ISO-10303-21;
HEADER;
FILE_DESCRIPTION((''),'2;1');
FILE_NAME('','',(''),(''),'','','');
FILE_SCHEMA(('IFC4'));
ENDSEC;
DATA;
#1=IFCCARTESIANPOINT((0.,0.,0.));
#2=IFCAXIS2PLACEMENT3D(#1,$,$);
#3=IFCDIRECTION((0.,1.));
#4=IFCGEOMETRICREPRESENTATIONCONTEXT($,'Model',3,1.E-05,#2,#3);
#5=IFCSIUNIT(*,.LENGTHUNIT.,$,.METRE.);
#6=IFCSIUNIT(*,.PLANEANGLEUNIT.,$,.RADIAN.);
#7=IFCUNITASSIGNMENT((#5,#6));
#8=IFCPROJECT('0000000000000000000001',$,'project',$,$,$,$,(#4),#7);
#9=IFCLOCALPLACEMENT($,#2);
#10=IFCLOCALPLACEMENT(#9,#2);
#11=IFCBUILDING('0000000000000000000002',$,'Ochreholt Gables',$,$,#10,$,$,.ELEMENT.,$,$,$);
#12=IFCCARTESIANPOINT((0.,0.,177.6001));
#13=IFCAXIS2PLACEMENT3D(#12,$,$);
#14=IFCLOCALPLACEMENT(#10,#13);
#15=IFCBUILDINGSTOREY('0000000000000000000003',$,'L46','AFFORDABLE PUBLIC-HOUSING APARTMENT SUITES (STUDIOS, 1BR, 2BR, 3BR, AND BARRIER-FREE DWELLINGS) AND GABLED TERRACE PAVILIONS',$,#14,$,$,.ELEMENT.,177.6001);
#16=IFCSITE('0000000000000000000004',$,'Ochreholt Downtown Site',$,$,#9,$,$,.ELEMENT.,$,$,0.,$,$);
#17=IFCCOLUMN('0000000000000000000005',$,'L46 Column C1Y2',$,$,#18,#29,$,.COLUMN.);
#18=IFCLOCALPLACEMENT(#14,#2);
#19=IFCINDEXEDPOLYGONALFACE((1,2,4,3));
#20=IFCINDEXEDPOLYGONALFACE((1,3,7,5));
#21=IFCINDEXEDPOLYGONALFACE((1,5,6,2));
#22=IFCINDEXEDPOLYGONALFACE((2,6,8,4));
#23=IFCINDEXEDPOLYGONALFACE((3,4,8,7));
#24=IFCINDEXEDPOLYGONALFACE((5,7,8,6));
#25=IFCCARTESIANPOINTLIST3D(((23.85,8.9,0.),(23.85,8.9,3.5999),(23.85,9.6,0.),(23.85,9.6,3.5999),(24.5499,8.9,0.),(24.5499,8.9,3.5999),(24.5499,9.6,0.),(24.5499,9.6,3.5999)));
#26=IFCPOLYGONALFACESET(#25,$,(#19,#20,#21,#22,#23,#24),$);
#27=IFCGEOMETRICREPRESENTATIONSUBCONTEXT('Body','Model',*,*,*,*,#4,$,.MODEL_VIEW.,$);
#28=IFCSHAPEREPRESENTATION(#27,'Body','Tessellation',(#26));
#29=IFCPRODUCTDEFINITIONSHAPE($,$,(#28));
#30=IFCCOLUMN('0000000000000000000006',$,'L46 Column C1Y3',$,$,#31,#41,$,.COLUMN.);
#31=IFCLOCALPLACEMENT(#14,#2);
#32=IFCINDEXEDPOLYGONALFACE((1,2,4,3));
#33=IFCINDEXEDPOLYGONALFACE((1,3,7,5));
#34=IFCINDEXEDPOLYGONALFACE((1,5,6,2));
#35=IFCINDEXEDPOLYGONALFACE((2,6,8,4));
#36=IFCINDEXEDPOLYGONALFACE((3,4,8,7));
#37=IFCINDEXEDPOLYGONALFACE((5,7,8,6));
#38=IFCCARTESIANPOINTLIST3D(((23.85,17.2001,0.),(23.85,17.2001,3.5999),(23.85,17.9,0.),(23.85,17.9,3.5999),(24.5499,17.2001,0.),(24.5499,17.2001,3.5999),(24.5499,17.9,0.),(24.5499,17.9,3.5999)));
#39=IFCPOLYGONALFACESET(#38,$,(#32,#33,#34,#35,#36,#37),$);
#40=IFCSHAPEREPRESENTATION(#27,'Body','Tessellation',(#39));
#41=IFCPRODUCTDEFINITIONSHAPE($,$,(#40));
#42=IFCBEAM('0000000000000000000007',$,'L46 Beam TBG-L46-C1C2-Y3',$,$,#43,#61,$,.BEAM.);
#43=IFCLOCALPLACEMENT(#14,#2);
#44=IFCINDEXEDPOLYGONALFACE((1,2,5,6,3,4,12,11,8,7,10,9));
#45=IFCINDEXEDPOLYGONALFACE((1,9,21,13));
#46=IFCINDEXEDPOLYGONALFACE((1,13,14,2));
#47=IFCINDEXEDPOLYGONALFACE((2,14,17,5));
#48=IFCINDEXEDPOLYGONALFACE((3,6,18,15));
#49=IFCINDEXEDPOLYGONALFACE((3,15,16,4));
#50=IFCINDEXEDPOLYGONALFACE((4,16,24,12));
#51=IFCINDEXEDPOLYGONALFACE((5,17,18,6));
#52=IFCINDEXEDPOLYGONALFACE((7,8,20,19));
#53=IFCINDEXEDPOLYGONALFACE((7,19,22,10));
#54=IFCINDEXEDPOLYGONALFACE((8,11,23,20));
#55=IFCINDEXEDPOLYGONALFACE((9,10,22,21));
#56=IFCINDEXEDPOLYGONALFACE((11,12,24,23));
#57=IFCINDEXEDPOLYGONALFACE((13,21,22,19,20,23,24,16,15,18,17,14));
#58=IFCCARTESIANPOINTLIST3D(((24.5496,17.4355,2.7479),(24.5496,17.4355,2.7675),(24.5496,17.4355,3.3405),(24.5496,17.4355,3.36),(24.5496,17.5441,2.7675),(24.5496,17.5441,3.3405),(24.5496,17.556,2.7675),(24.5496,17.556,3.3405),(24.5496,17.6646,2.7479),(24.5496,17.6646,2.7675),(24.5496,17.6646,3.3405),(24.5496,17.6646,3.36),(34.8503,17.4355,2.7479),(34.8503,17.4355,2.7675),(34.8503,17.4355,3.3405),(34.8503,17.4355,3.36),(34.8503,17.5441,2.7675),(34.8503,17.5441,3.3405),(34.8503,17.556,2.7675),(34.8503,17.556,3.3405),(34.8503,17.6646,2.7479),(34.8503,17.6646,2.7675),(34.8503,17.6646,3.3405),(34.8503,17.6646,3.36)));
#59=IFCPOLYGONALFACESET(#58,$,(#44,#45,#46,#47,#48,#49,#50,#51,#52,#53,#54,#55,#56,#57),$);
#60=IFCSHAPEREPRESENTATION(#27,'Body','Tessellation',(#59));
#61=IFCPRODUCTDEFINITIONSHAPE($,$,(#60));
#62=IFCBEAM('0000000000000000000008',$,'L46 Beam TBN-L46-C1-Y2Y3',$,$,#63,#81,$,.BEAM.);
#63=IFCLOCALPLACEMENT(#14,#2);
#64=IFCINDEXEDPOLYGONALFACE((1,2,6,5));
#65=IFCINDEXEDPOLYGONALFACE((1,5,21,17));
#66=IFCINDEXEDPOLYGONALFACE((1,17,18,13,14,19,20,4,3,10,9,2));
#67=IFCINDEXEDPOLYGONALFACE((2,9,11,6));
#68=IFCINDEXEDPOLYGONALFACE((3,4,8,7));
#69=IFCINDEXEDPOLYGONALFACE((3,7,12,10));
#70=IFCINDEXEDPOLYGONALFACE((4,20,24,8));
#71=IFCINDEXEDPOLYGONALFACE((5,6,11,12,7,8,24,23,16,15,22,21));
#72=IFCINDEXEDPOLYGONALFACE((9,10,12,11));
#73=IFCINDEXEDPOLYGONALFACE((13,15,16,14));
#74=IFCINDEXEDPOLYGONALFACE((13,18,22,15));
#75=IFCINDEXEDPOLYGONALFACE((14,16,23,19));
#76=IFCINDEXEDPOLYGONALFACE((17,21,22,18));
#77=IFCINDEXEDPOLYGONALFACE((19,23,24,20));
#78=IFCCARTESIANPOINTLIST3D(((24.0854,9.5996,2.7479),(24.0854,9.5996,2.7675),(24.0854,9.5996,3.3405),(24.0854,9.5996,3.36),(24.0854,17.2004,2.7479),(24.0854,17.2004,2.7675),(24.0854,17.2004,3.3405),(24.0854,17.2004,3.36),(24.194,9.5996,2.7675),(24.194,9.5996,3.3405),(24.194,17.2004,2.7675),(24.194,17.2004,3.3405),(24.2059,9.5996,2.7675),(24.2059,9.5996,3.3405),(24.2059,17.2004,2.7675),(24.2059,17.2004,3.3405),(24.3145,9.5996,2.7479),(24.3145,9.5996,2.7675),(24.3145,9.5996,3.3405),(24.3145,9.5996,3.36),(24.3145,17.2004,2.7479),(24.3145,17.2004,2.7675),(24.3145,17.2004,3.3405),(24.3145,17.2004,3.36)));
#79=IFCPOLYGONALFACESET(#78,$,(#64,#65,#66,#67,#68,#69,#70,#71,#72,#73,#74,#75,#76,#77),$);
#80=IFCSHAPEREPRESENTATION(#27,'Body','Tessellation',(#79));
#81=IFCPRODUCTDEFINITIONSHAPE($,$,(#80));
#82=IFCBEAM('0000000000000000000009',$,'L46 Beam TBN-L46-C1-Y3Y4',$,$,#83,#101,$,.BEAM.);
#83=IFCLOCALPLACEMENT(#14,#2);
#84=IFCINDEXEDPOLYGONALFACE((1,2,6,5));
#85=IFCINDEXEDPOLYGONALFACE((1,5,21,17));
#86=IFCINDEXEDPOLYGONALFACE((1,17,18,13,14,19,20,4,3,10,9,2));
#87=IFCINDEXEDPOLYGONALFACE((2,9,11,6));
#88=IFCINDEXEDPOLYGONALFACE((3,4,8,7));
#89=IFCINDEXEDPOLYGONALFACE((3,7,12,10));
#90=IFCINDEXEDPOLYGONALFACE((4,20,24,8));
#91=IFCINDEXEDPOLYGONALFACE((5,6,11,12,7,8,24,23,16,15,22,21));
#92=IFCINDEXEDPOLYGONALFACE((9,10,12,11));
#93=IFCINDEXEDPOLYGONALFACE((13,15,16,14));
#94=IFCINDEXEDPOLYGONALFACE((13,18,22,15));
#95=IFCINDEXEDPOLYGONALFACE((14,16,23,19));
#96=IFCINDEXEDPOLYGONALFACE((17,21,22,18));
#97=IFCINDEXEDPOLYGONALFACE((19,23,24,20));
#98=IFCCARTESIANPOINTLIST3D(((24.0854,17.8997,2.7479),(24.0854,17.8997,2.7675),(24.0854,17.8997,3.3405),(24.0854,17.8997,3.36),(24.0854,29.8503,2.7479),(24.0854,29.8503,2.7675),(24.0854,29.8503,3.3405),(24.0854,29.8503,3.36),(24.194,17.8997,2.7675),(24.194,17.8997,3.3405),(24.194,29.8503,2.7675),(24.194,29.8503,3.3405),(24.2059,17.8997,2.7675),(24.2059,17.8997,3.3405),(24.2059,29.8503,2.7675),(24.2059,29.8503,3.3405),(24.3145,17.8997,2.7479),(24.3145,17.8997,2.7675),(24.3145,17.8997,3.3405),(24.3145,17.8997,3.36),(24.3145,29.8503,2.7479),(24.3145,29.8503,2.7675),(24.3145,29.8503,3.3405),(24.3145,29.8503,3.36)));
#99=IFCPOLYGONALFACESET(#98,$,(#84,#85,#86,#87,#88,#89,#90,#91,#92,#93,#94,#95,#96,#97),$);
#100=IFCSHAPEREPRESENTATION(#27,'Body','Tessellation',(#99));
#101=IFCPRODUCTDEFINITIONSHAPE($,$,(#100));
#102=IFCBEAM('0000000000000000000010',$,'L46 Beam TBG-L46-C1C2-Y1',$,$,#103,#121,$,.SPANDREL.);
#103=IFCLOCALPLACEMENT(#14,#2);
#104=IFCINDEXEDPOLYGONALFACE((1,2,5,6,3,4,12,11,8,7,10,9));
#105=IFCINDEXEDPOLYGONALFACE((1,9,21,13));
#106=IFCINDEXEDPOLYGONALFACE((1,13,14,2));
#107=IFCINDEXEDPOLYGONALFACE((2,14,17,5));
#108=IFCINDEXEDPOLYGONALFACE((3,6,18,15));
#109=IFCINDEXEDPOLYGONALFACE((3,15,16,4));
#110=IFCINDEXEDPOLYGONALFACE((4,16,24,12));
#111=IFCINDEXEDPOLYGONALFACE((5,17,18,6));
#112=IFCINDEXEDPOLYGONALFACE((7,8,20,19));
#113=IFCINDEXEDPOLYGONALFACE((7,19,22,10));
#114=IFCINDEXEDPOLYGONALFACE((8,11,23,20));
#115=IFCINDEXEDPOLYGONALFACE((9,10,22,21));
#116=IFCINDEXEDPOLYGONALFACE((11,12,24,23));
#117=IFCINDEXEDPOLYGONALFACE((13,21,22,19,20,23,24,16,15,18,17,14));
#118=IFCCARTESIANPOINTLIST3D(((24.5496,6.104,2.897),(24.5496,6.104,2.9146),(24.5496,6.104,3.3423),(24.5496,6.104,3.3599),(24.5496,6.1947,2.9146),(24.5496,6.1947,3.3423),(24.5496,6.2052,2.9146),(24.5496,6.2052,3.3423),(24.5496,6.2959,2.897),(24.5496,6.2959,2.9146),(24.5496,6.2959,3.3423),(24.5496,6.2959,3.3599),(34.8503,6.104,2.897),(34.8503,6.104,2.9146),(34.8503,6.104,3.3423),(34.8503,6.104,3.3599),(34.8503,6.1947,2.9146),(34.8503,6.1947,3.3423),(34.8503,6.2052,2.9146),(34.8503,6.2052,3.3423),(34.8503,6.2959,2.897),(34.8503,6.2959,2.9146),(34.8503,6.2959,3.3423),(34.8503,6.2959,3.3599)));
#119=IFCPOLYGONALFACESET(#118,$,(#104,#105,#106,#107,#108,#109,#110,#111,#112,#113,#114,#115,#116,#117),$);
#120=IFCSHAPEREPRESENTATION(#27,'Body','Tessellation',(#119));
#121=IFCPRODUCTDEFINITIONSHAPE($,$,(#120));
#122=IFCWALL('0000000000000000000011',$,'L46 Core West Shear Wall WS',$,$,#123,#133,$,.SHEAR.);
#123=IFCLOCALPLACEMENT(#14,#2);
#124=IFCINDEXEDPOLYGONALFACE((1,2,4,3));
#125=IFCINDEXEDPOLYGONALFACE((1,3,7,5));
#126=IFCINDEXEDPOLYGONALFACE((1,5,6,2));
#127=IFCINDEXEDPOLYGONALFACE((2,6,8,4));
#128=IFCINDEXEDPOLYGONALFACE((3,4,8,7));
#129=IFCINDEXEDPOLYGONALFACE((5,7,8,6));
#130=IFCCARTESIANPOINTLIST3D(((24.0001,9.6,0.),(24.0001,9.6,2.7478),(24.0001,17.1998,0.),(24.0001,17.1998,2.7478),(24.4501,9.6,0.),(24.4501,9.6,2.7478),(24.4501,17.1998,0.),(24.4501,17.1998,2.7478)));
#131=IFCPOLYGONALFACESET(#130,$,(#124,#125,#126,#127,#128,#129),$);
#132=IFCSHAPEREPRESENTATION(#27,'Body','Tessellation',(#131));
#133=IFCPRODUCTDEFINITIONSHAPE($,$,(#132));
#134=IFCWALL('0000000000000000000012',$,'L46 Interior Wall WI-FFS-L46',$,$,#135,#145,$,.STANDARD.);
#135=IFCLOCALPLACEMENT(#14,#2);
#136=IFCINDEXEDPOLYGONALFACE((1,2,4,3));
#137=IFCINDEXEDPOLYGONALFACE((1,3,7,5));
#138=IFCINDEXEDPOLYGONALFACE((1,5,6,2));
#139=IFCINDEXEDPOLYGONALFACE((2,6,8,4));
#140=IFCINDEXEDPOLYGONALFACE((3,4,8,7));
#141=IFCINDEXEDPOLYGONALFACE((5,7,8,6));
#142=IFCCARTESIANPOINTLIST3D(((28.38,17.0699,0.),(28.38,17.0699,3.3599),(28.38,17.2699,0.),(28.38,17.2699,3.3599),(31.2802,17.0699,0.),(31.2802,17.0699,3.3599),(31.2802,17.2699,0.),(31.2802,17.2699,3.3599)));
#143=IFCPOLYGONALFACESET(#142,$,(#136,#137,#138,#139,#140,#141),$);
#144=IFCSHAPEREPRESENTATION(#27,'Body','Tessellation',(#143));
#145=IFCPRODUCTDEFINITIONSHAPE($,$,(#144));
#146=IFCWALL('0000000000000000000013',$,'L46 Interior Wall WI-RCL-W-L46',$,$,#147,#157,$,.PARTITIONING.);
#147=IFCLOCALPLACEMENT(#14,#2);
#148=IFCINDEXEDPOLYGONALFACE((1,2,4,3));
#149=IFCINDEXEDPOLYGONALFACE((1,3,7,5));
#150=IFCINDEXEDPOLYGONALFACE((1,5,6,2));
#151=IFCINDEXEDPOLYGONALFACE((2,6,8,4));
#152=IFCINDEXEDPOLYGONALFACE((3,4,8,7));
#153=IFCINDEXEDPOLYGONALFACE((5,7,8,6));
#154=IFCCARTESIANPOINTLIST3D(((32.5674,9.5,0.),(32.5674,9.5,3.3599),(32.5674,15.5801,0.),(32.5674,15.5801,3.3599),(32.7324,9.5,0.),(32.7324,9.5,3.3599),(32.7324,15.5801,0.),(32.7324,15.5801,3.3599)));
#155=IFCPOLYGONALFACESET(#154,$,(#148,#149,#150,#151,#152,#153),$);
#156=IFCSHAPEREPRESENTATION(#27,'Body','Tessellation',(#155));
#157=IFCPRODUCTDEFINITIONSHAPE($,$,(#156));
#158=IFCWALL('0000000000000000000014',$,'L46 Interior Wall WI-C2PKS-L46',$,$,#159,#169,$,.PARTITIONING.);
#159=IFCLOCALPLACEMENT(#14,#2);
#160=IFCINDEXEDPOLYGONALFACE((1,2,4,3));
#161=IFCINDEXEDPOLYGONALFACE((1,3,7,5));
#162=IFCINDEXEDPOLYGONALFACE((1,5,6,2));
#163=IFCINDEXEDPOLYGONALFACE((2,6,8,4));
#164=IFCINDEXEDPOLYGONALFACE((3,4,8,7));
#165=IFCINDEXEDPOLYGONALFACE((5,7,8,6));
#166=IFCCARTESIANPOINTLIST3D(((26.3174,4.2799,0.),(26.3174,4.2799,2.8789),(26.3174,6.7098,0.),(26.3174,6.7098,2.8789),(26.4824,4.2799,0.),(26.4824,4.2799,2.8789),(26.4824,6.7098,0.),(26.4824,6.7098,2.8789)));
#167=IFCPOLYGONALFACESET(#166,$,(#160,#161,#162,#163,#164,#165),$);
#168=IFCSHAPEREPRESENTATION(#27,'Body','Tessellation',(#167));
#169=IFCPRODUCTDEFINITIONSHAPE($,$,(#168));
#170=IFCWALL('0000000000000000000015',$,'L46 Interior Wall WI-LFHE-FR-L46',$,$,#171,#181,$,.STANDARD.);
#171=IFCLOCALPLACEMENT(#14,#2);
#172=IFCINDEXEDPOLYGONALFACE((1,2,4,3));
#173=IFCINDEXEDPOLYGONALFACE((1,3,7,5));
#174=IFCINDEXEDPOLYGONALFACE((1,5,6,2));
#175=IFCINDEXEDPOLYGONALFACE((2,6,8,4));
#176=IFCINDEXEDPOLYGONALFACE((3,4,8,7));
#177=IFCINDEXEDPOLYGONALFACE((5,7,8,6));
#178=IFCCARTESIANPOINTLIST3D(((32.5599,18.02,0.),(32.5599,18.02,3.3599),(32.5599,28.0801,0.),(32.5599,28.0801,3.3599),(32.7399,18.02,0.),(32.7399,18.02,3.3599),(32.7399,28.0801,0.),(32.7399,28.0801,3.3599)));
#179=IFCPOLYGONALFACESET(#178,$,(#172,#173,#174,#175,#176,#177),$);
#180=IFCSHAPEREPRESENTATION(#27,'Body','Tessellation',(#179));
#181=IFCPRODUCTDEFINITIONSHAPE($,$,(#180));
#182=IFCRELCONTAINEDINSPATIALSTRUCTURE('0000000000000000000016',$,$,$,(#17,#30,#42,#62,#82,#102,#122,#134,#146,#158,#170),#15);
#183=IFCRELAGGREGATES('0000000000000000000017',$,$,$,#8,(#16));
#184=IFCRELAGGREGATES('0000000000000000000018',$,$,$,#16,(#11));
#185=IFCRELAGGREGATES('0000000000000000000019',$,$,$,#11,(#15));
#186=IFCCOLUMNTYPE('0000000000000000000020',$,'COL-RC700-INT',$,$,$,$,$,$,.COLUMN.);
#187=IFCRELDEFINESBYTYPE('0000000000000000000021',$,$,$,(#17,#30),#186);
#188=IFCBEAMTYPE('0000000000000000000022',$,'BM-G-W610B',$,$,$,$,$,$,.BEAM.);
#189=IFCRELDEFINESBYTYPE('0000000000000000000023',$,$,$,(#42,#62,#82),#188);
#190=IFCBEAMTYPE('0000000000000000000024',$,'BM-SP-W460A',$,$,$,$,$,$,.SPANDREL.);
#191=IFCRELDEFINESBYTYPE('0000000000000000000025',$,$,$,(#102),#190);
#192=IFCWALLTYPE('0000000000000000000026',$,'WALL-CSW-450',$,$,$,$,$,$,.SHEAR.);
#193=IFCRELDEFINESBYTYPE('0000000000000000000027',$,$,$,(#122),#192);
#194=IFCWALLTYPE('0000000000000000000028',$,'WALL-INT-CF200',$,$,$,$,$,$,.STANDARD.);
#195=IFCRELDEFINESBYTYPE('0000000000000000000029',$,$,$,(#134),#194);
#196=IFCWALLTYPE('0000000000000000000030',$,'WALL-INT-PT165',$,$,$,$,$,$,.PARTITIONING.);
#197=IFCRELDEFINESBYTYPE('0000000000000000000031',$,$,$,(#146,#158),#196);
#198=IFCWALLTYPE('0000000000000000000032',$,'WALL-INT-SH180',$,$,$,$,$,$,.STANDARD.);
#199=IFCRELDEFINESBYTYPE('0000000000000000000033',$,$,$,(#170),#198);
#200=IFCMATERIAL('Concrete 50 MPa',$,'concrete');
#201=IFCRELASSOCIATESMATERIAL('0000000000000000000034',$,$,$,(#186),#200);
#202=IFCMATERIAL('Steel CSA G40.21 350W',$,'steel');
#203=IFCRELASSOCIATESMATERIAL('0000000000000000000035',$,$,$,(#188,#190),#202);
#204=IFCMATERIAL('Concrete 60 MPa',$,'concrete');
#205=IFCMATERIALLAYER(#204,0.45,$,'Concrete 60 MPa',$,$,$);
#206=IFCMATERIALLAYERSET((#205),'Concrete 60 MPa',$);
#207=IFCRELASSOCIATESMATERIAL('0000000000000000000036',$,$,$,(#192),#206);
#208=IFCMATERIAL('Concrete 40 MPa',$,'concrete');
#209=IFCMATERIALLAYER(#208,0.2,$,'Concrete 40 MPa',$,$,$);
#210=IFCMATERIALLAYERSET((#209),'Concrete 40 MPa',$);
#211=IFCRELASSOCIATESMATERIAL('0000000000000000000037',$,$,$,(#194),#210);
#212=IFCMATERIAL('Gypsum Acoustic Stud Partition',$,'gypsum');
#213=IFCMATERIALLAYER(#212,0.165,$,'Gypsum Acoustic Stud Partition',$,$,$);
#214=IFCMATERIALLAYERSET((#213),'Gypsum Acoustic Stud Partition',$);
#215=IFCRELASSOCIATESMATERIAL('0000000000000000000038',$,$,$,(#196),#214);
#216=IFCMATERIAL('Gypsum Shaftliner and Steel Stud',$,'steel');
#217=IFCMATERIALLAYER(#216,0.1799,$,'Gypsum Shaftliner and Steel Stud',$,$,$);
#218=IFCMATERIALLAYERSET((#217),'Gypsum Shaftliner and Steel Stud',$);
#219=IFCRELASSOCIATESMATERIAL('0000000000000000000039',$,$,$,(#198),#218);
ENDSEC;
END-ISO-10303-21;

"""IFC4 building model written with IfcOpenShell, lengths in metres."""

from ifc_helpers import new_model, si_unit, direction, frame, frame_2d, origin, origin_2d, place, context, subcontext, project, spatial, rectangle, i_section, extrude, material, layer, layer_set, material_profile, profile_set, type_object, element, save


model = new_model("IFC4")

# Units and contexts
model_context = context("Model", 3, precision=1e-05, world=origin(), true_north=direction((0.0, 1.0)))
body_context = subcontext(model_context, "Body", "Model", "MODEL_VIEW")
ifc_project = project(units=[si_unit("LENGTHUNIT", "METRE"), si_unit("PLANEANGLEUNIT", "RADIAN")], contexts=[model_context])

# Site, building, storey
site_placement = place(None, origin())
site = spatial("IfcSite", under=ifc_project, at=site_placement, Name="Ochreholt Downtown Site", CompositionType="ELEMENT", RefElevation=0.0)
building_placement = place(site_placement, origin())
building = spatial("IfcBuilding", under=site, at=building_placement, Name="Ochreholt Gables", CompositionType="ELEMENT")
storey_placement = place(building_placement, frame((0.0, 0.0, 177.6001)))
storey = spatial("IfcBuildingStorey", under=building, at=storey_placement, Name="L46", Description="AFFORDABLE PUBLIC-HOUSING APARTMENT SUITES (STUDIOS, 1BR, 2BR, 3BR, AND BARRIER-FREE DWELLINGS) AND GABLED TERRACE PAVILIONS", CompositionType="ELEMENT", Elevation=177.6001)

# Columns
ifc_material_1 = material(Name="Concrete 50 MPa", Category="concrete")
ifc_material_profile_1 = material_profile(ifc_material_1, rectangle(XDim=0.7, YDim=0.7, at=origin_2d()), Name="RC700X700")
ifc_profile_set_1 = profile_set([ifc_material_profile_1], Name="Concrete 50 MPa")
column_type = type_object("IfcColumnType", Name="COL-RC700-INT", PredefinedType="COLUMN", material=ifc_profile_set_1)
for number, where, z_axis, x_axis, name in (
    (1, (24.2, 9.25, 0.0), (0.0, 0.0, 1.0), (1.0, 0.0, 0.0), "L46 Column C1Y2"),
    (2, (24.2, 17.55, 0.0), (0.0, 0.0, 1.0), (1.0, 0.0, 0.0), "L46 Column C1Y3"),
):
    element("IfcColumn", number, at=place(storey_placement, frame(where, z_axis=z_axis, x_axis=x_axis)), inside=storey, type_object=column_type, Name=name, PredefinedType="COLUMN", context=body_context, shape_type="SweptSolid", body=[
        extrude(rectangle(XDim=0.7, YDim=0.7, at=origin_2d()), origin(), (0.0, 0.0, 1.0), 3.5999),
    ])

# Beams
ifc_material_2 = material(Name="Steel CSA G40.21 350W", Category="steel")
ifc_material_profile_2 = material_profile(ifc_material_2, i_section(OverallWidth=0.229, OverallDepth=0.6121, WebThickness=0.012, FlangeThickness=0.0195, at=origin_2d()), Name="W610X125")
ifc_profile_set_2 = profile_set([ifc_material_profile_2], Name="Steel CSA G40.21 350W")
beam_type_1 = type_object("IfcBeamType", Name="BM-G-W610B", PredefinedType="BEAM", material=ifc_profile_set_2)
beam_1_placement = place(storey_placement, frame((24.5496, 17.55, 3.054), z_axis=(1.0, 0.0, 0.0), x_axis=(0.0, 1.0, 0.0)))
element("IfcBeam", 3, at=beam_1_placement, inside=storey, type_object=beam_type_1, Name="L46 Beam TBG-L46-C1C2-Y3", PredefinedType="BEAM", context=body_context, shape_type="SweptSolid", body=[
    extrude(i_section(OverallWidth=0.229, OverallDepth=0.6121, WebThickness=0.012, FlangeThickness=0.0195, at=origin_2d()), origin(), (0.0, 0.0, 1.0), 10.3008),
])
beam_2_placement = place(storey_placement, frame((24.2, 9.5996, 3.054), z_axis=(0.0, 1.0, 0.0), x_axis=(-1.0, 0.0, 0.0)))
element("IfcBeam", 4, at=beam_2_placement, inside=storey, type_object=beam_type_1, Name="L46 Beam TBN-L46-C1-Y2Y3", PredefinedType="BEAM", context=body_context, shape_type="SweptSolid", body=[
    extrude(i_section(OverallWidth=0.229, OverallDepth=0.6121, WebThickness=0.012, FlangeThickness=0.0195, at=origin_2d()), origin(), (0.0, 0.0, 1.0), 7.6008),
])
beam_3_placement = place(storey_placement, frame((24.2, 17.8997, 3.054), z_axis=(0.0, 1.0, 0.0), x_axis=(-1.0, 0.0, 0.0)))
element("IfcBeam", 5, at=beam_3_placement, inside=storey, type_object=beam_type_1, Name="L46 Beam TBN-L46-C1-Y3Y4", PredefinedType="BEAM", context=body_context, shape_type="SweptSolid", body=[
    extrude(i_section(OverallWidth=0.229, OverallDepth=0.6121, WebThickness=0.012, FlangeThickness=0.0195, at=origin_2d()), origin(), (0.0, 0.0, 1.0), 11.9507),
])
ifc_material_profile_3 = material_profile(ifc_material_2, i_section(OverallWidth=0.1919, OverallDepth=0.4629, WebThickness=0.0105, FlangeThickness=0.0176, at=origin_2d()), Name="W460X89")
ifc_profile_set_3 = profile_set([ifc_material_profile_3], Name="Steel CSA G40.21 350W")
beam_type_2 = type_object("IfcBeamType", Name="BM-SP-W460A", PredefinedType="SPANDREL", material=ifc_profile_set_3)
beam_4_placement = place(storey_placement, frame((24.5496, 6.2, 3.1284), z_axis=(1.0, 0.0, 0.0), x_axis=(0.0, 1.0, 0.0)))
element("IfcBeam", 6, at=beam_4_placement, inside=storey, type_object=beam_type_2, Name="L46 Beam TBG-L46-C1C2-Y1", PredefinedType="SPANDREL", context=body_context, shape_type="SweptSolid", body=[
    extrude(i_section(OverallWidth=0.1919, OverallDepth=0.4629, WebThickness=0.0105, FlangeThickness=0.0176, at=origin_2d()), origin(), (0.0, 0.0, 1.0), 10.3008),
])

# Walls
ifc_material_3 = material(Name="Concrete 60 MPa", Category="concrete")
ifc_layer_1 = layer(ifc_material_3, 0.45, Name="Concrete 60 MPa")
ifc_layer_set_1 = layer_set([ifc_layer_1], Name="Concrete 60 MPa")
wall_type_1 = type_object("IfcWallType", Name="WALL-CSW-450", PredefinedType="SHEAR", material=ifc_layer_set_1)
wall_1_placement = place(storey_placement, frame((24.2251, 9.6001, 0.0), z_axis=(0.0, 0.0, 1.0), x_axis=(0.0, 1.0, 0.0)))
element("IfcWall", 7, at=wall_1_placement, inside=storey, type_object=wall_type_1, Name="L46 Core West Shear Wall WS", PredefinedType="SHEAR", context=body_context, shape_type="SweptSolid", body=[
    extrude(rectangle(XDim=7.5999, YDim=0.45, at=frame_2d((3.7998, 0.0))), origin(), (0.0, 0.0, 1.0), 2.7478),
])
ifc_material_4 = material(Name="Concrete 40 MPa", Category="concrete")
ifc_layer_2 = layer(ifc_material_4, 0.2, Name="Concrete 40 MPa")
ifc_layer_set_2 = layer_set([ifc_layer_2], Name="Concrete 40 MPa")
wall_type_2 = type_object("IfcWallType", Name="WALL-INT-CF200", PredefinedType="STANDARD", material=ifc_layer_set_2)
wall_2_placement = place(storey_placement, frame((28.3799, 17.1699, 0.0), z_axis=(0.0, 0.0, 1.0), x_axis=(1.0, 0.0, 0.0)))
element("IfcWall", 8, at=wall_2_placement, inside=storey, type_object=wall_type_2, Name="L46 Interior Wall WI-FFS-L46", PredefinedType="STANDARD", context=body_context, shape_type="SweptSolid", body=[
    extrude(rectangle(XDim=2.9001, YDim=0.2, at=frame_2d((1.4502, 0.0))), origin(), (0.0, 0.0, 1.0), 3.3599),
])

# Wall
ifc_material_5 = material(Name="Gypsum Acoustic Stud Partition", Category="gypsum")
ifc_layer_3 = layer(ifc_material_5, 0.165, Name="Gypsum Acoustic Stud Partition")
ifc_layer_set_3 = layer_set([ifc_layer_3], Name="Gypsum Acoustic Stud Partition")
wall_type_3 = type_object("IfcWallType", Name="WALL-INT-PT165", PredefinedType="PARTITIONING", material=ifc_layer_set_3)
wall_3_placement = place(storey_placement, frame((32.6499, 9.5, 0.0), z_axis=(0.0, 0.0, 1.0), x_axis=(0.0, 1.0, 0.0)))
element("IfcWall", 9, at=wall_3_placement, inside=storey, type_object=wall_type_3, Name="L46 Interior Wall WI-RCL-W-L46", PredefinedType="PARTITIONING", context=body_context, shape_type="SweptSolid", body=[
    extrude(rectangle(XDim=6.0801, YDim=0.165, at=frame_2d((3.04, 0.0))), origin(), (0.0, 0.0, 1.0), 3.3599),
])

# Walls
wall_4_placement = place(storey_placement, frame((26.3999, 4.28, 0.0), z_axis=(0.0, 0.0, 1.0), x_axis=(0.0, 1.0, 0.0)))
element("IfcWall", 10, at=wall_4_placement, inside=storey, type_object=wall_type_3, Name="L46 Interior Wall WI-C2PKS-L46", PredefinedType="PARTITIONING", context=body_context, shape_type="SweptSolid", body=[
    extrude(rectangle(XDim=2.4299, YDim=0.165, at=frame_2d((1.2148, 0.0))), origin(), (0.0, 0.0, 1.0), 2.8789),
])
ifc_material_6 = material(Name="Gypsum Shaftliner and Steel Stud", Category="steel")
ifc_layer_4 = layer(ifc_material_6, 0.1799, Name="Gypsum Shaftliner and Steel Stud")
ifc_layer_set_4 = layer_set([ifc_layer_4], Name="Gypsum Shaftliner and Steel Stud")
wall_type_4 = type_object("IfcWallType", Name="WALL-INT-SH180", PredefinedType="STANDARD", material=ifc_layer_set_4)
wall_5_placement = place(storey_placement, frame((32.6499, 18.02, 0.0), z_axis=(0.0, 0.0, 1.0), x_axis=(0.0, 1.0, 0.0)))
element("IfcWall", 11, at=wall_5_placement, inside=storey, type_object=wall_type_4, Name="L46 Interior Wall WI-LFHE-FR-L46", PredefinedType="STANDARD", context=body_context, shape_type="SweptSolid", body=[
    extrude(rectangle(XDim=10.0601, YDim=0.1799, at=frame_2d((5.03, 0.0))), origin(), (0.0, 0.0, 1.0), 3.3599),
])

save(model, "model.ifc")
